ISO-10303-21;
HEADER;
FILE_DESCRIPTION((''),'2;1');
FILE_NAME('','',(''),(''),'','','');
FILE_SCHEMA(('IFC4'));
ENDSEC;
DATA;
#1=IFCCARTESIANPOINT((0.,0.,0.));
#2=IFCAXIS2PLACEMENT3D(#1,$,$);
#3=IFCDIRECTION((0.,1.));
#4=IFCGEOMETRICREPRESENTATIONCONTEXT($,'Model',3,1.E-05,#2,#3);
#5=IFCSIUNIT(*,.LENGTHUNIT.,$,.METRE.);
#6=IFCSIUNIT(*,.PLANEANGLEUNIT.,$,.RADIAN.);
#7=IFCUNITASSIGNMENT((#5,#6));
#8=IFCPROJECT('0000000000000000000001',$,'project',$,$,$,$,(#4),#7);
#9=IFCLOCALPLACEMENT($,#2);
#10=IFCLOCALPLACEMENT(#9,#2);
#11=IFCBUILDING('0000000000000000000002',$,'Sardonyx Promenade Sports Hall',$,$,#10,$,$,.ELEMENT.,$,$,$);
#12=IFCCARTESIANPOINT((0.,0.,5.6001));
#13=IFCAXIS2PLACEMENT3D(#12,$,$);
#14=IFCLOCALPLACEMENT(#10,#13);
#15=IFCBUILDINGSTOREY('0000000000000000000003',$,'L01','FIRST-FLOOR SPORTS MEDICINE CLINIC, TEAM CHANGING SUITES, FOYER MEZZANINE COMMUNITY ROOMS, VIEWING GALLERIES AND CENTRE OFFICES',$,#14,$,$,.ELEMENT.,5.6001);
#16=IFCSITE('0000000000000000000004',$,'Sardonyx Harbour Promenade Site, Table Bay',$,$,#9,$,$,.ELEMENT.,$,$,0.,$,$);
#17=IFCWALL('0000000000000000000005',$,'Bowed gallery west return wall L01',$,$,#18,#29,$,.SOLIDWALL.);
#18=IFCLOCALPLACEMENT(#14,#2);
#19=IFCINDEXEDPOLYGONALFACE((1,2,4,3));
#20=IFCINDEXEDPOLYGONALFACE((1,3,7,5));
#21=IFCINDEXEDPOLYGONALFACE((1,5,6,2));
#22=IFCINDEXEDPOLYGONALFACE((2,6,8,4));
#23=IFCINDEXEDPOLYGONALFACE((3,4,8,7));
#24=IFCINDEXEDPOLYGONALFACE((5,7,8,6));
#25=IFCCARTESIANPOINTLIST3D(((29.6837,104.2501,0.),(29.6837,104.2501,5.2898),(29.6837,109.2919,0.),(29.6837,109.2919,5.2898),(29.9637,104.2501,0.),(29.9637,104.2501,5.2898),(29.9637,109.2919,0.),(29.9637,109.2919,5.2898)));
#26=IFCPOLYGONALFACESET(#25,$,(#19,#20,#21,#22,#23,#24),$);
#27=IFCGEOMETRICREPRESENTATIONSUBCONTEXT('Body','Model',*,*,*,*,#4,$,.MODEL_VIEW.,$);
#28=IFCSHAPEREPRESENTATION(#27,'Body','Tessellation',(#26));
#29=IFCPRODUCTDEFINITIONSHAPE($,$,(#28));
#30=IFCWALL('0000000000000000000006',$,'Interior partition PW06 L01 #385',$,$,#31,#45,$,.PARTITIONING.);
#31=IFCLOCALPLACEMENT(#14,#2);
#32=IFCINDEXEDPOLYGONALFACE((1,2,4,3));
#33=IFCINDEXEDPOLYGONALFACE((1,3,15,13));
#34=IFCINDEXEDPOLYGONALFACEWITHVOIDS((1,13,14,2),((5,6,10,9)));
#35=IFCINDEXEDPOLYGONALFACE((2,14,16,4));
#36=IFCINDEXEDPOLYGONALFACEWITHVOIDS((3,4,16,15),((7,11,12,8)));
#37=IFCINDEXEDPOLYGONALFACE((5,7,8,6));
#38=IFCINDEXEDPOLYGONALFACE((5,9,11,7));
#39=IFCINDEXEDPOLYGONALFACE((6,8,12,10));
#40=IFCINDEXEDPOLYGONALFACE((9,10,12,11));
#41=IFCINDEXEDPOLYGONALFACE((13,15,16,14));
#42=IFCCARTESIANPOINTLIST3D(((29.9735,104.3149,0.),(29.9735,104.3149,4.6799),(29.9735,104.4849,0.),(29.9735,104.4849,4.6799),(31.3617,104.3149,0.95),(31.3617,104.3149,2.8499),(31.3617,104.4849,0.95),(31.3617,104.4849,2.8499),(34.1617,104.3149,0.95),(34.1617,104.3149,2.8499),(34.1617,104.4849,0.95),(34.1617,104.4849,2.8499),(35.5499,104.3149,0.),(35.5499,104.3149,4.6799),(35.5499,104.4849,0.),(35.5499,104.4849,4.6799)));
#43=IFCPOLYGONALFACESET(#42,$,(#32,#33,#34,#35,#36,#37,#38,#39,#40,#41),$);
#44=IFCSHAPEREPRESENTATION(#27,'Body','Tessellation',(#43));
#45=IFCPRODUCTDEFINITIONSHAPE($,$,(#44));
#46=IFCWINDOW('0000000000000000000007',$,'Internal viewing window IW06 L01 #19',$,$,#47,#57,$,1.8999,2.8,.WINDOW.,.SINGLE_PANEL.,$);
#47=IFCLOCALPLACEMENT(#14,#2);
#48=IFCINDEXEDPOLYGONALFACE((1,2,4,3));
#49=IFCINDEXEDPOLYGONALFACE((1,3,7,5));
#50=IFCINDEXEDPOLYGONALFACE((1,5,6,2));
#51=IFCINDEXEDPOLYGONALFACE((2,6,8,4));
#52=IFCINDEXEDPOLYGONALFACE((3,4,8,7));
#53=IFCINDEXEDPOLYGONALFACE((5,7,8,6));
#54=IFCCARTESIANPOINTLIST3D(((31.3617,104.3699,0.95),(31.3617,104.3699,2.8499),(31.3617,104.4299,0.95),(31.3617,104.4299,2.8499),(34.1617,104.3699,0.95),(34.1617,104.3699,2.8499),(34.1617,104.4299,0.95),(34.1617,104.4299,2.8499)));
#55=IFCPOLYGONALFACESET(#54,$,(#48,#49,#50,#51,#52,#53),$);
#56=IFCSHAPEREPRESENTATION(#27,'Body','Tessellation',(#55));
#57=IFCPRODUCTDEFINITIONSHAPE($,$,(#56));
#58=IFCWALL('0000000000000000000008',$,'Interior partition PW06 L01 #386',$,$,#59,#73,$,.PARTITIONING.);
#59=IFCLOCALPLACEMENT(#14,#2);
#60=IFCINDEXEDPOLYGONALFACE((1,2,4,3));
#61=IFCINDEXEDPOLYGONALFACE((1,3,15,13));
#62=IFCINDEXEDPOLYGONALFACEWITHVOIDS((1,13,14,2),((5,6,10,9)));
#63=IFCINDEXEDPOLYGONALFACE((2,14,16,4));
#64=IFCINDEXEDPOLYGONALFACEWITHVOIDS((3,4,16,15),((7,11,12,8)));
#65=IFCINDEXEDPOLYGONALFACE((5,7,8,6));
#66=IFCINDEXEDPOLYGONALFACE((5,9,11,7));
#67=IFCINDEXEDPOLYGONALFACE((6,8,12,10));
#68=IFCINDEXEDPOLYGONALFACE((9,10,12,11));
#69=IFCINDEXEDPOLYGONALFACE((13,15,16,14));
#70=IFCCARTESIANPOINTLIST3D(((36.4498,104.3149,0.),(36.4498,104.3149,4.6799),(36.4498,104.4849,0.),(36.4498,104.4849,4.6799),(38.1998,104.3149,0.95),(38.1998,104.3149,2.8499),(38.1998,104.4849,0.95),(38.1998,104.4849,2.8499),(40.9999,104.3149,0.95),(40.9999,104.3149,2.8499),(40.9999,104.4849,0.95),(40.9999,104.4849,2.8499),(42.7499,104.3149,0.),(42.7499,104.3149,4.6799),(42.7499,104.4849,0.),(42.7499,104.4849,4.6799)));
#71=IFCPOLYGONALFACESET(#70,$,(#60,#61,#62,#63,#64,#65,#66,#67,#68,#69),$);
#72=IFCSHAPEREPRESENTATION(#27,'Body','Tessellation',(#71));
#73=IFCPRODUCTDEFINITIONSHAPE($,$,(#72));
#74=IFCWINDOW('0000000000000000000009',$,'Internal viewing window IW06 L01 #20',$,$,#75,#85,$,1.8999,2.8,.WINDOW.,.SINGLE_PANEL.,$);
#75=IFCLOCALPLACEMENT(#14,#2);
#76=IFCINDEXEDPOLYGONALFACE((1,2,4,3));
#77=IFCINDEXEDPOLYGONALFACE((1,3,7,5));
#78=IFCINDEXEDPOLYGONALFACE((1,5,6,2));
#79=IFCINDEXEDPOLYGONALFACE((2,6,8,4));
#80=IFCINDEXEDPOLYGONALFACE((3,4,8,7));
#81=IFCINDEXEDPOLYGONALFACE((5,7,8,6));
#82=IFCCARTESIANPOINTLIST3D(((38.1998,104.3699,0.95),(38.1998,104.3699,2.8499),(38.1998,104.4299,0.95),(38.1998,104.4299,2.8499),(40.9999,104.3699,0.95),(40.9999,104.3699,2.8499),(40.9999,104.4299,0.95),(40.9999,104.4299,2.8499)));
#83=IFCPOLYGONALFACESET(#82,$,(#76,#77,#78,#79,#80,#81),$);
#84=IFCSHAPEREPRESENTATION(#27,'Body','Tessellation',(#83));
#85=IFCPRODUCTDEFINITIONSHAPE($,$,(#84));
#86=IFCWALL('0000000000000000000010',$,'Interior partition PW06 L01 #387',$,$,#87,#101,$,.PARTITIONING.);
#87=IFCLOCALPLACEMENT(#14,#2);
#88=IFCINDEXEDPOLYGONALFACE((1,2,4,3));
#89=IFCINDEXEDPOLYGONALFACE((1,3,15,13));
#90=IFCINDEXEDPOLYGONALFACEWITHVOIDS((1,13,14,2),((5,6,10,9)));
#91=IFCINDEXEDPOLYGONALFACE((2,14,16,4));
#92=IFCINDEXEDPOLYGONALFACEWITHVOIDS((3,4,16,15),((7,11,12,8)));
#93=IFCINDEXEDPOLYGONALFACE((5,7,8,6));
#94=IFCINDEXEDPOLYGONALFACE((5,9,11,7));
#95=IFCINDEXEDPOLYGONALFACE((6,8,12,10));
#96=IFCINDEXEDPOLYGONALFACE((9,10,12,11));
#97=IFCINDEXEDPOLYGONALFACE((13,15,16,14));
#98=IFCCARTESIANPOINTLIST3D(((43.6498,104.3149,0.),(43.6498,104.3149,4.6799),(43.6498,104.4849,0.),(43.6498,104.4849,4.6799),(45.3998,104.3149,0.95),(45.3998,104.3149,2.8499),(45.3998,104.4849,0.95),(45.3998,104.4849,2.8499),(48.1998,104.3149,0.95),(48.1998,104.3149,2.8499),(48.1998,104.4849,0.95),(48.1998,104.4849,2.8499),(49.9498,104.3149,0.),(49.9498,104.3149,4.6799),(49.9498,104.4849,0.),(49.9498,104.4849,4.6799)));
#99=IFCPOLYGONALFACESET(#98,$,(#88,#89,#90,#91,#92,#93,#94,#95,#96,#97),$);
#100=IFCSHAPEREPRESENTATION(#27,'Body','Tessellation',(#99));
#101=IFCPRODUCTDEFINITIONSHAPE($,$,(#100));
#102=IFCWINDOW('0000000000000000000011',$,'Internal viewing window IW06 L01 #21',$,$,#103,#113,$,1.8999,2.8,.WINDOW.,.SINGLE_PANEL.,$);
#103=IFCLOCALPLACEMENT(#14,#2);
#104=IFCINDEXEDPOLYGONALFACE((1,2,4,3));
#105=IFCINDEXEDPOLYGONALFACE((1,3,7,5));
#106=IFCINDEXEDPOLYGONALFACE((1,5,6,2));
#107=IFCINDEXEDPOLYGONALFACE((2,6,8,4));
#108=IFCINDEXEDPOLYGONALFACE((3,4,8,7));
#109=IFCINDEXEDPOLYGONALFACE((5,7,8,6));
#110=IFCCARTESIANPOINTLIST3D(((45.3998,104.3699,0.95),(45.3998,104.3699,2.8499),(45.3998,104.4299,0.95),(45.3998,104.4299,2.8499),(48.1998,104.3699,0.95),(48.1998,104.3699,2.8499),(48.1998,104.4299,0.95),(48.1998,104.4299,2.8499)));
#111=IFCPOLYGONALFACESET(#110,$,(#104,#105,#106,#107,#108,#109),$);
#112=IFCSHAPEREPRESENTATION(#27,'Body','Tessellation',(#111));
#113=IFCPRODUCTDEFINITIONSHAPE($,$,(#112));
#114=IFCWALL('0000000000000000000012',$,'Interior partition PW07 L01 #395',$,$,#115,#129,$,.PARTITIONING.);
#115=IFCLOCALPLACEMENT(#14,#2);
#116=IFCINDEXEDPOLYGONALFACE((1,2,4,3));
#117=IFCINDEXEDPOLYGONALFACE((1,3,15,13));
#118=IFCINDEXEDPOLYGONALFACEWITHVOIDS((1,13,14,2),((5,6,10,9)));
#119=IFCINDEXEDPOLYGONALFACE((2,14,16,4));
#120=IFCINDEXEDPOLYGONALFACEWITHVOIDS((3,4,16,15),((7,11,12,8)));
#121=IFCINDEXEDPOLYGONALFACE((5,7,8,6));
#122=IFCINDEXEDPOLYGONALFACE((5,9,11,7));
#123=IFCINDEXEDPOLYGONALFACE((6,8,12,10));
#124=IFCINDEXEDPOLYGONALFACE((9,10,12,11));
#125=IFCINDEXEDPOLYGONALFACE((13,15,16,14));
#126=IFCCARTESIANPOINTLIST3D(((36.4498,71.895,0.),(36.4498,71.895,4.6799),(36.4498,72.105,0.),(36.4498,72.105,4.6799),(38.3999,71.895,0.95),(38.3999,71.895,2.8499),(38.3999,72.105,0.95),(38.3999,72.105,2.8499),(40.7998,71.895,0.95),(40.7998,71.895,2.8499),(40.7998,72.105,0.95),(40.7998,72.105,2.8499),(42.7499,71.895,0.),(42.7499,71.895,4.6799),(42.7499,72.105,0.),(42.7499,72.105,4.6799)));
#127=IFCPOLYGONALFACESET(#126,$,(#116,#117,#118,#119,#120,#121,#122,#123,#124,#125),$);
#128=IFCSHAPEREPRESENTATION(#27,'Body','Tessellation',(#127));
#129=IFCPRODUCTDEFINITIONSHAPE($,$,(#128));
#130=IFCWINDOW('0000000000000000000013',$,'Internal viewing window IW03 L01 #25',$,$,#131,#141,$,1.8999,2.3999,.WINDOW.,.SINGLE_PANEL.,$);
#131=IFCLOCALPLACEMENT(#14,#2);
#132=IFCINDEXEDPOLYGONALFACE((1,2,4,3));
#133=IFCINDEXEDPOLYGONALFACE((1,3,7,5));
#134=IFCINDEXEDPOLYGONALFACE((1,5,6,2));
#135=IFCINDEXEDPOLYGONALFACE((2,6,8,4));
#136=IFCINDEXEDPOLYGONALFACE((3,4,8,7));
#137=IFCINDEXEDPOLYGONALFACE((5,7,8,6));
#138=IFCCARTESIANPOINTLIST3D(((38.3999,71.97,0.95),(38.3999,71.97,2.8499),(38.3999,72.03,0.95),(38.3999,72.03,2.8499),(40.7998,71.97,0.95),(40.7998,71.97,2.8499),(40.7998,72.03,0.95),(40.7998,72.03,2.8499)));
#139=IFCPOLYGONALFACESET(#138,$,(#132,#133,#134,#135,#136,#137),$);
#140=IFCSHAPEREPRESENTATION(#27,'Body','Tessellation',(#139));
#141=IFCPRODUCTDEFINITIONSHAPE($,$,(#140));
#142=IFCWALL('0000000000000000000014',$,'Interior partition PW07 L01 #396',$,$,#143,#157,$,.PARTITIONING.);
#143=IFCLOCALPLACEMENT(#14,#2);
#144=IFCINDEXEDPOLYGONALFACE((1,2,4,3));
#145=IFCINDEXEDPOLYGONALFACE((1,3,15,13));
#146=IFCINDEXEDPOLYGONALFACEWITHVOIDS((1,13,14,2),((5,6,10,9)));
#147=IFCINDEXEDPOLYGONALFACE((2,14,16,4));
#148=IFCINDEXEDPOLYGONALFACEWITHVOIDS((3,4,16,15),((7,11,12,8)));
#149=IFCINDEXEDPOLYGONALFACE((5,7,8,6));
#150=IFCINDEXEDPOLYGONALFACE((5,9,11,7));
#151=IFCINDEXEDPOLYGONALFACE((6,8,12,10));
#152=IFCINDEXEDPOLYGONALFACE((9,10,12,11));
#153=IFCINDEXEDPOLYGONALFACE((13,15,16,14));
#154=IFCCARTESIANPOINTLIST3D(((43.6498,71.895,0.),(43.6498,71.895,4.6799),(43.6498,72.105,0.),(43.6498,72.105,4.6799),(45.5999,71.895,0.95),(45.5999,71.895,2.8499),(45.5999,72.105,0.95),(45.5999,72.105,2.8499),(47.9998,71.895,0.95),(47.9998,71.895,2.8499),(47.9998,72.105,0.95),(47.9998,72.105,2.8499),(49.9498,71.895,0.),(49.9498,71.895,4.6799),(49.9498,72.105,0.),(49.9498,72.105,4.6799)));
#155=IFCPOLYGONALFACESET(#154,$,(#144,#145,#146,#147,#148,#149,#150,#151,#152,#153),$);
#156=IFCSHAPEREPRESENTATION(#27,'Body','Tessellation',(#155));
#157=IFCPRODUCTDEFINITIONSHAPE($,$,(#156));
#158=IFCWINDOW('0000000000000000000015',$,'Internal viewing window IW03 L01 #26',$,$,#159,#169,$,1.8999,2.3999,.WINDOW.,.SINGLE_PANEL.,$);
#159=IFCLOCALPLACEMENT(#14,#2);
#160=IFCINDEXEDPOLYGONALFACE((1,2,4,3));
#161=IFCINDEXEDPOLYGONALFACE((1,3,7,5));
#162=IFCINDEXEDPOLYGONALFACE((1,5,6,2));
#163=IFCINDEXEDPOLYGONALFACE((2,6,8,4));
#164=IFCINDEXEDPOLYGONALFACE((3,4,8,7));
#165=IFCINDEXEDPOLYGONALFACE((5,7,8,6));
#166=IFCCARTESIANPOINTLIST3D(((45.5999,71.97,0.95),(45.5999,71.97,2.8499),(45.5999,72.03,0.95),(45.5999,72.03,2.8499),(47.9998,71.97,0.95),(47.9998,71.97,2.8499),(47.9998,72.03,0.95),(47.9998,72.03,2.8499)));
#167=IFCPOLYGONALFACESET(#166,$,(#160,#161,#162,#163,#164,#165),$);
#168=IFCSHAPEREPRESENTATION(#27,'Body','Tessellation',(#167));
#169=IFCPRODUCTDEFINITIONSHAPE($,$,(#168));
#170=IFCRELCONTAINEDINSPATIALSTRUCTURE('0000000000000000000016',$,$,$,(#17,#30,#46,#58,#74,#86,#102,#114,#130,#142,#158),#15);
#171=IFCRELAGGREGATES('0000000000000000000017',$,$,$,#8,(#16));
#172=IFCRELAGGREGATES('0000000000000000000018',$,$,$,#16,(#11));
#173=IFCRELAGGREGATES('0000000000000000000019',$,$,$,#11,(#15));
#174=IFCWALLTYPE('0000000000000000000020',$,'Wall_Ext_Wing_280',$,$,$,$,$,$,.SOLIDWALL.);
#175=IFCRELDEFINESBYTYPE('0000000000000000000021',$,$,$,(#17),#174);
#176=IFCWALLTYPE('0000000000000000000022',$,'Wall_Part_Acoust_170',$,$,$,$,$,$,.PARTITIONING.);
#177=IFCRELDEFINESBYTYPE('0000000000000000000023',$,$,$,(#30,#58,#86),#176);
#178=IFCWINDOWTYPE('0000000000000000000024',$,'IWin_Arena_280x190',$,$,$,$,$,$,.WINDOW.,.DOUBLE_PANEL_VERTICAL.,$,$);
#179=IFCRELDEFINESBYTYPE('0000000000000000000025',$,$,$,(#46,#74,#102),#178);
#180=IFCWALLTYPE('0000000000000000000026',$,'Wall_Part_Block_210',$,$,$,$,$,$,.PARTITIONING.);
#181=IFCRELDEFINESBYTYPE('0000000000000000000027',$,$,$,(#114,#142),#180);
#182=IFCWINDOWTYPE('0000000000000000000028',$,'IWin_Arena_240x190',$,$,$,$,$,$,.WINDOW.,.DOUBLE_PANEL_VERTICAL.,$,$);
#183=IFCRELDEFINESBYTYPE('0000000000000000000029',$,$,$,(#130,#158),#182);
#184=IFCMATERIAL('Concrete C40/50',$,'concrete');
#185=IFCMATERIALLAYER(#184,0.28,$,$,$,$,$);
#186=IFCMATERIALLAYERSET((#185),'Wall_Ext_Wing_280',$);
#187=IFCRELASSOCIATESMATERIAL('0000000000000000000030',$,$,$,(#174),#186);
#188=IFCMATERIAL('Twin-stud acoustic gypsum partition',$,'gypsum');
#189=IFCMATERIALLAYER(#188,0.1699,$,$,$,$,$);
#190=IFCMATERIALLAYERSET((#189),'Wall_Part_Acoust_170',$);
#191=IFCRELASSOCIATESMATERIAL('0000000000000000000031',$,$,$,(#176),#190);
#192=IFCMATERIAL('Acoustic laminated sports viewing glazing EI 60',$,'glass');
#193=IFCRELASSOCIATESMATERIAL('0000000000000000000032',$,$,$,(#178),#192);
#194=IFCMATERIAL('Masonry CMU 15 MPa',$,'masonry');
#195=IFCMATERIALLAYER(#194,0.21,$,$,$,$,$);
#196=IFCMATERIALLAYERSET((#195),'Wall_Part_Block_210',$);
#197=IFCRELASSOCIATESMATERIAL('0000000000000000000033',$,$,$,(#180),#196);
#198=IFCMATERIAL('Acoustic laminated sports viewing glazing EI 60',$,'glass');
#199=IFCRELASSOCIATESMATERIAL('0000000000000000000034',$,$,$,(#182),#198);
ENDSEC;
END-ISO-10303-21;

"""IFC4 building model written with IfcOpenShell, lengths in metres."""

from ifc_helpers import new_model, si_unit, direction, frame, frame_2d, origin, place, context, subcontext, project, spatial, rectangle, extrude, material, layer, layer_set, type_object, element, fill, save


model = new_model("IFC4")

# Units and contexts
model_context = context("Model", 3, precision=1e-05, world=origin(), true_north=direction((0.0, 1.0)))
body_context = subcontext(model_context, "Body", "Model", "MODEL_VIEW")
ifc_project = project(units=[si_unit("LENGTHUNIT", "METRE"), si_unit("PLANEANGLEUNIT", "RADIAN")], contexts=[model_context])

# Site, building, storey
site_placement = place(None, origin())
site = spatial("IfcSite", under=ifc_project, at=site_placement, Name="Sardonyx Harbour Promenade Site, Table Bay", CompositionType="ELEMENT", RefElevation=0.0)
building_placement = place(site_placement, origin())
building = spatial("IfcBuilding", under=site, at=building_placement, Name="Sardonyx Promenade Sports Hall", CompositionType="ELEMENT")
storey_placement = place(building_placement, frame((0.0, 0.0, 5.6001)))
storey = spatial("IfcBuildingStorey", under=building, at=storey_placement, Name="L01", Description="FIRST-FLOOR SPORTS MEDICINE CLINIC, TEAM CHANGING SUITES, FOYER MEZZANINE COMMUNITY ROOMS, VIEWING GALLERIES AND CENTRE OFFICES", CompositionType="ELEMENT", Elevation=5.6001)

# Wall
ifc_material_1 = material(Name="Concrete C40/50", Category="concrete")
ifc_layer_1 = layer(ifc_material_1, 0.28)
ifc_layer_set_1 = layer_set([ifc_layer_1], Name="Wall_Ext_Wing_280")
wall_type_1 = type_object("IfcWallType", Name="Wall_Ext_Wing_280", PredefinedType="SOLIDWALL", material=ifc_layer_set_1)
wall_1_placement = place(storey_placement, frame((29.8237, 104.25, 0.0), z_axis=(0.0, 0.0, 1.0), x_axis=(0.0, 1.0, 0.0)))
element("IfcWall", 1, at=wall_1_placement, inside=storey, type_object=wall_type_1, Name="Bowed gallery west return wall L01", PredefinedType="SOLIDWALL", context=body_context, shape_type="SweptSolid", body=[
    extrude(rectangle(XDim=5.0417, YDim=0.28, at=frame_2d((2.521, 0.0))), origin(), (0.0, 0.0, 1.0), 5.2898),
])

# Walls, openings, windows
ifc_material_2 = material(Name="Twin-stud acoustic gypsum partition", Category="gypsum")
ifc_layer_2 = layer(ifc_material_2, 0.1699)
ifc_layer_set_2 = layer_set([ifc_layer_2], Name="Wall_Part_Acoust_170")
wall_type_2 = type_object("IfcWallType", Name="Wall_Part_Acoust_170", PredefinedType="PARTITIONING", material=ifc_layer_set_2)
wall_2_placement = place(storey_placement, frame((29.9736, 104.3999, 0.0), z_axis=(0.0, 0.0, 1.0), x_axis=(1.0, 0.0, 0.0)))
wall_2 = element("IfcWall", 2, at=wall_2_placement, inside=storey, type_object=wall_type_2, Name="Interior partition PW06 L01 #385", PredefinedType="PARTITIONING", context=body_context, shape_type="SweptSolid", body=[
    extrude(rectangle(XDim=5.5764, YDim=0.1699, at=frame_2d((2.7881, 0.0))), origin(), (0.0, 0.0, 1.0), 4.6799),
])
opening_1_placement = place(wall_2_placement, frame((1.3882, 0.0, 0.95)))
opening_1 = element("IfcOpeningElement", 3, at=opening_1_placement, cuts=wall_2, PredefinedType="OPENING", context=body_context, shape_type="SweptSolid", body=[
    extrude(rectangle(XDim=2.8, YDim=1.8999, at=frame_2d((1.3999, 0.95))), frame((0.0, 0.095, 0.0), z_axis=(0.0, -1.0, 0.0), x_axis=(1.0, 0.0, 0.0)), (0.0, 0.0, 1.0), 0.19),
])
ifc_material_3 = material(Name="Acoustic laminated sports viewing glazing EI 60", Category="glass")
window_type_1 = type_object("IfcWindowType", Name="IWin_Arena_280x190", PartitioningType="DOUBLE_PANEL_VERTICAL", PredefinedType="WINDOW", material=ifc_material_3)
window_1_placement = place(opening_1_placement, origin())
window_1 = element("IfcWindow", 4, at=window_1_placement, inside=storey, type_object=window_type_1, Name="Internal viewing window IW06 L01 #19", OverallHeight=1.8999, OverallWidth=2.8, PartitioningType="SINGLE_PANEL", PredefinedType="WINDOW", context=body_context, shape_type="SweptSolid", body=[
    extrude(rectangle(XDim=2.8, YDim=1.8999, at=frame_2d((1.3999, 0.95))), frame((0.0, 0.03, 0.0), z_axis=(0.0, -1.0, 0.0), x_axis=(1.0, 0.0, 0.0)), (0.0, 0.0, 1.0), 0.0601),
])
fill(opening_1, window_1)
wall_3_placement = place(storey_placement, frame((36.45, 104.3999, 0.0), z_axis=(0.0, 0.0, 1.0), x_axis=(1.0, 0.0, 0.0)))
wall_3 = element("IfcWall", 5, at=wall_3_placement, inside=storey, type_object=wall_type_2, Name="Interior partition PW06 L01 #386", PredefinedType="PARTITIONING", context=body_context, shape_type="SweptSolid", body=[
    extrude(rectangle(XDim=6.3, YDim=0.1699, at=frame_2d((3.1499, 0.0))), origin(), (0.0, 0.0, 1.0), 4.6799),
])
opening_2_placement = place(wall_3_placement, frame((1.75, 0.0, 0.95)))
opening_2 = element("IfcOpeningElement", 6, at=opening_2_placement, cuts=wall_3, PredefinedType="OPENING", context=body_context, shape_type="SweptSolid", body=[
    extrude(rectangle(XDim=2.8, YDim=1.8999, at=frame_2d((1.3999, 0.95))), frame((0.0, 0.095, 0.0), z_axis=(0.0, -1.0, 0.0), x_axis=(1.0, 0.0, 0.0)), (0.0, 0.0, 1.0), 0.19),
])
window_2_placement = place(opening_2_placement, origin())
window_2 = element("IfcWindow", 7, at=window_2_placement, inside=storey, type_object=window_type_1, Name="Internal viewing window IW06 L01 #20", OverallHeight=1.8999, OverallWidth=2.8, PartitioningType="SINGLE_PANEL", PredefinedType="WINDOW", context=body_context, shape_type="SweptSolid", body=[
    extrude(rectangle(XDim=2.8, YDim=1.8999, at=frame_2d((1.3999, 0.95))), frame((0.0, 0.03, 0.0), z_axis=(0.0, -1.0, 0.0), x_axis=(1.0, 0.0, 0.0)), (0.0, 0.0, 1.0), 0.0601),
])
fill(opening_2, window_2)
wall_4_placement = place(storey_placement, frame((43.6499, 104.3999, 0.0), z_axis=(0.0, 0.0, 1.0), x_axis=(1.0, 0.0, 0.0)))
wall_4 = element("IfcWall", 8, at=wall_4_placement, inside=storey, type_object=wall_type_2, Name="Interior partition PW06 L01 #387", PredefinedType="PARTITIONING", context=body_context, shape_type="SweptSolid", body=[
    extrude(rectangle(XDim=6.3, YDim=0.1699, at=frame_2d((3.1499, 0.0))), origin(), (0.0, 0.0, 1.0), 4.6799),
])
opening_3_placement = place(wall_4_placement, frame((1.75, 0.0, 0.95)))
opening_3 = element("IfcOpeningElement", 9, at=opening_3_placement, cuts=wall_4, PredefinedType="OPENING", context=body_context, shape_type="SweptSolid", body=[
    extrude(rectangle(XDim=2.8, YDim=1.8999, at=frame_2d((1.3999, 0.95))), frame((0.0, 0.095, 0.0), z_axis=(0.0, -1.0, 0.0), x_axis=(1.0, 0.0, 0.0)), (0.0, 0.0, 1.0), 0.19),
])
window_3_placement = place(opening_3_placement, origin())
window_3 = element("IfcWindow", 10, at=window_3_placement, inside=storey, type_object=window_type_1, Name="Internal viewing window IW06 L01 #21", OverallHeight=1.8999, OverallWidth=2.8, PartitioningType="SINGLE_PANEL", PredefinedType="WINDOW", context=body_context, shape_type="SweptSolid", body=[
    extrude(rectangle(XDim=2.8, YDim=1.8999, at=frame_2d((1.3999, 0.95))), frame((0.0, 0.03, 0.0), z_axis=(0.0, -1.0, 0.0), x_axis=(1.0, 0.0, 0.0)), (0.0, 0.0, 1.0), 0.0601),
])
fill(opening_3, window_3)
ifc_material_4 = material(Name="Masonry CMU 15 MPa", Category="masonry")
ifc_layer_3 = layer(ifc_material_4, 0.21)
ifc_layer_set_3 = layer_set([ifc_layer_3], Name="Wall_Part_Block_210")
wall_type_3 = type_object("IfcWallType", Name="Wall_Part_Block_210", PredefinedType="PARTITIONING", material=ifc_layer_set_3)
wall_5_placement = place(storey_placement, frame((36.45, 72.0, 0.0), z_axis=(0.0, 0.0, 1.0), x_axis=(1.0, 0.0, 0.0)))
wall_5 = element("IfcWall", 11, at=wall_5_placement, inside=storey, type_object=wall_type_3, Name="Interior partition PW07 L01 #395", PredefinedType="PARTITIONING", context=body_context, shape_type="SweptSolid", body=[
    extrude(rectangle(XDim=6.3, YDim=0.21, at=frame_2d((3.1499, 0.0))), origin(), (0.0, 0.0, 1.0), 4.6799),
])
opening_4_placement = place(wall_5_placement, frame((1.95, 0.0, 0.95)))
opening_4 = element("IfcOpeningElement", 12, at=opening_4_placement, cuts=wall_5, PredefinedType="OPENING", context=body_context, shape_type="SweptSolid", body=[
    extrude(rectangle(XDim=2.3999, YDim=1.8999, at=frame_2d((1.2, 0.95))), frame((0.0, 0.115, 0.0), z_axis=(0.0, -1.0, 0.0), x_axis=(1.0, 0.0, 0.0)), (0.0, 0.0, 1.0), 0.23),
])
ifc_material_5 = material(Name="Acoustic laminated sports viewing glazing EI 60", Category="glass")
window_type_2 = type_object("IfcWindowType", Name="IWin_Arena_240x190", PartitioningType="DOUBLE_PANEL_VERTICAL", PredefinedType="WINDOW", material=ifc_material_5)
window_4_placement = place(opening_4_placement, origin())
window_4 = element("IfcWindow", 13, at=window_4_placement, inside=storey, type_object=window_type_2, Name="Internal viewing window IW03 L01 #25", OverallHeight=1.8999, OverallWidth=2.3999, PartitioningType="SINGLE_PANEL", PredefinedType="WINDOW", context=body_context, shape_type="SweptSolid", body=[
    extrude(rectangle(XDim=2.3999, YDim=1.8999, at=frame_2d((1.2, 0.95))), frame((0.0, 0.03, 0.0), z_axis=(0.0, -1.0, 0.0), x_axis=(1.0, 0.0, 0.0)), (0.0, 0.0, 1.0), 0.0601),
])
fill(opening_4, window_4)
wall_6_placement = place(storey_placement, frame((43.6499, 72.0, 0.0), z_axis=(0.0, 0.0, 1.0), x_axis=(1.0, 0.0, 0.0)))
wall_6 = element("IfcWall", 14, at=wall_6_placement, inside=storey, type_object=wall_type_3, Name="Interior partition PW07 L01 #396", PredefinedType="PARTITIONING", context=body_context, shape_type="SweptSolid", body=[
    extrude(rectangle(XDim=6.3, YDim=0.21, at=frame_2d((3.1499, 0.0))), origin(), (0.0, 0.0, 1.0), 4.6799),
])
opening_5_placement = place(wall_6_placement, frame((1.95, 0.0, 0.95)))
opening_5 = element("IfcOpeningElement", 15, at=opening_5_placement, cuts=wall_6, PredefinedType="OPENING", context=body_context, shape_type="SweptSolid", body=[
    extrude(rectangle(XDim=2.3999, YDim=1.8999, at=frame_2d((1.2, 0.95))), frame((0.0, 0.115, 0.0), z_axis=(0.0, -1.0, 0.0), x_axis=(1.0, 0.0, 0.0)), (0.0, 0.0, 1.0), 0.23),
])
window_5_placement = place(opening_5_placement, origin())
window_5 = element("IfcWindow", 16, at=window_5_placement, inside=storey, type_object=window_type_2, Name="Internal viewing window IW03 L01 #26", OverallHeight=1.8999, OverallWidth=2.3999, PartitioningType="SINGLE_PANEL", PredefinedType="WINDOW", context=body_context, shape_type="SweptSolid", body=[
    extrude(rectangle(XDim=2.3999, YDim=1.8999, at=frame_2d((1.2, 0.95))), frame((0.0, 0.03, 0.0), z_axis=(0.0, -1.0, 0.0), x_axis=(1.0, 0.0, 0.0)), (0.0, 0.0, 1.0), 0.0601),
])
fill(opening_5, window_5)

save(model, "model.ifc")
